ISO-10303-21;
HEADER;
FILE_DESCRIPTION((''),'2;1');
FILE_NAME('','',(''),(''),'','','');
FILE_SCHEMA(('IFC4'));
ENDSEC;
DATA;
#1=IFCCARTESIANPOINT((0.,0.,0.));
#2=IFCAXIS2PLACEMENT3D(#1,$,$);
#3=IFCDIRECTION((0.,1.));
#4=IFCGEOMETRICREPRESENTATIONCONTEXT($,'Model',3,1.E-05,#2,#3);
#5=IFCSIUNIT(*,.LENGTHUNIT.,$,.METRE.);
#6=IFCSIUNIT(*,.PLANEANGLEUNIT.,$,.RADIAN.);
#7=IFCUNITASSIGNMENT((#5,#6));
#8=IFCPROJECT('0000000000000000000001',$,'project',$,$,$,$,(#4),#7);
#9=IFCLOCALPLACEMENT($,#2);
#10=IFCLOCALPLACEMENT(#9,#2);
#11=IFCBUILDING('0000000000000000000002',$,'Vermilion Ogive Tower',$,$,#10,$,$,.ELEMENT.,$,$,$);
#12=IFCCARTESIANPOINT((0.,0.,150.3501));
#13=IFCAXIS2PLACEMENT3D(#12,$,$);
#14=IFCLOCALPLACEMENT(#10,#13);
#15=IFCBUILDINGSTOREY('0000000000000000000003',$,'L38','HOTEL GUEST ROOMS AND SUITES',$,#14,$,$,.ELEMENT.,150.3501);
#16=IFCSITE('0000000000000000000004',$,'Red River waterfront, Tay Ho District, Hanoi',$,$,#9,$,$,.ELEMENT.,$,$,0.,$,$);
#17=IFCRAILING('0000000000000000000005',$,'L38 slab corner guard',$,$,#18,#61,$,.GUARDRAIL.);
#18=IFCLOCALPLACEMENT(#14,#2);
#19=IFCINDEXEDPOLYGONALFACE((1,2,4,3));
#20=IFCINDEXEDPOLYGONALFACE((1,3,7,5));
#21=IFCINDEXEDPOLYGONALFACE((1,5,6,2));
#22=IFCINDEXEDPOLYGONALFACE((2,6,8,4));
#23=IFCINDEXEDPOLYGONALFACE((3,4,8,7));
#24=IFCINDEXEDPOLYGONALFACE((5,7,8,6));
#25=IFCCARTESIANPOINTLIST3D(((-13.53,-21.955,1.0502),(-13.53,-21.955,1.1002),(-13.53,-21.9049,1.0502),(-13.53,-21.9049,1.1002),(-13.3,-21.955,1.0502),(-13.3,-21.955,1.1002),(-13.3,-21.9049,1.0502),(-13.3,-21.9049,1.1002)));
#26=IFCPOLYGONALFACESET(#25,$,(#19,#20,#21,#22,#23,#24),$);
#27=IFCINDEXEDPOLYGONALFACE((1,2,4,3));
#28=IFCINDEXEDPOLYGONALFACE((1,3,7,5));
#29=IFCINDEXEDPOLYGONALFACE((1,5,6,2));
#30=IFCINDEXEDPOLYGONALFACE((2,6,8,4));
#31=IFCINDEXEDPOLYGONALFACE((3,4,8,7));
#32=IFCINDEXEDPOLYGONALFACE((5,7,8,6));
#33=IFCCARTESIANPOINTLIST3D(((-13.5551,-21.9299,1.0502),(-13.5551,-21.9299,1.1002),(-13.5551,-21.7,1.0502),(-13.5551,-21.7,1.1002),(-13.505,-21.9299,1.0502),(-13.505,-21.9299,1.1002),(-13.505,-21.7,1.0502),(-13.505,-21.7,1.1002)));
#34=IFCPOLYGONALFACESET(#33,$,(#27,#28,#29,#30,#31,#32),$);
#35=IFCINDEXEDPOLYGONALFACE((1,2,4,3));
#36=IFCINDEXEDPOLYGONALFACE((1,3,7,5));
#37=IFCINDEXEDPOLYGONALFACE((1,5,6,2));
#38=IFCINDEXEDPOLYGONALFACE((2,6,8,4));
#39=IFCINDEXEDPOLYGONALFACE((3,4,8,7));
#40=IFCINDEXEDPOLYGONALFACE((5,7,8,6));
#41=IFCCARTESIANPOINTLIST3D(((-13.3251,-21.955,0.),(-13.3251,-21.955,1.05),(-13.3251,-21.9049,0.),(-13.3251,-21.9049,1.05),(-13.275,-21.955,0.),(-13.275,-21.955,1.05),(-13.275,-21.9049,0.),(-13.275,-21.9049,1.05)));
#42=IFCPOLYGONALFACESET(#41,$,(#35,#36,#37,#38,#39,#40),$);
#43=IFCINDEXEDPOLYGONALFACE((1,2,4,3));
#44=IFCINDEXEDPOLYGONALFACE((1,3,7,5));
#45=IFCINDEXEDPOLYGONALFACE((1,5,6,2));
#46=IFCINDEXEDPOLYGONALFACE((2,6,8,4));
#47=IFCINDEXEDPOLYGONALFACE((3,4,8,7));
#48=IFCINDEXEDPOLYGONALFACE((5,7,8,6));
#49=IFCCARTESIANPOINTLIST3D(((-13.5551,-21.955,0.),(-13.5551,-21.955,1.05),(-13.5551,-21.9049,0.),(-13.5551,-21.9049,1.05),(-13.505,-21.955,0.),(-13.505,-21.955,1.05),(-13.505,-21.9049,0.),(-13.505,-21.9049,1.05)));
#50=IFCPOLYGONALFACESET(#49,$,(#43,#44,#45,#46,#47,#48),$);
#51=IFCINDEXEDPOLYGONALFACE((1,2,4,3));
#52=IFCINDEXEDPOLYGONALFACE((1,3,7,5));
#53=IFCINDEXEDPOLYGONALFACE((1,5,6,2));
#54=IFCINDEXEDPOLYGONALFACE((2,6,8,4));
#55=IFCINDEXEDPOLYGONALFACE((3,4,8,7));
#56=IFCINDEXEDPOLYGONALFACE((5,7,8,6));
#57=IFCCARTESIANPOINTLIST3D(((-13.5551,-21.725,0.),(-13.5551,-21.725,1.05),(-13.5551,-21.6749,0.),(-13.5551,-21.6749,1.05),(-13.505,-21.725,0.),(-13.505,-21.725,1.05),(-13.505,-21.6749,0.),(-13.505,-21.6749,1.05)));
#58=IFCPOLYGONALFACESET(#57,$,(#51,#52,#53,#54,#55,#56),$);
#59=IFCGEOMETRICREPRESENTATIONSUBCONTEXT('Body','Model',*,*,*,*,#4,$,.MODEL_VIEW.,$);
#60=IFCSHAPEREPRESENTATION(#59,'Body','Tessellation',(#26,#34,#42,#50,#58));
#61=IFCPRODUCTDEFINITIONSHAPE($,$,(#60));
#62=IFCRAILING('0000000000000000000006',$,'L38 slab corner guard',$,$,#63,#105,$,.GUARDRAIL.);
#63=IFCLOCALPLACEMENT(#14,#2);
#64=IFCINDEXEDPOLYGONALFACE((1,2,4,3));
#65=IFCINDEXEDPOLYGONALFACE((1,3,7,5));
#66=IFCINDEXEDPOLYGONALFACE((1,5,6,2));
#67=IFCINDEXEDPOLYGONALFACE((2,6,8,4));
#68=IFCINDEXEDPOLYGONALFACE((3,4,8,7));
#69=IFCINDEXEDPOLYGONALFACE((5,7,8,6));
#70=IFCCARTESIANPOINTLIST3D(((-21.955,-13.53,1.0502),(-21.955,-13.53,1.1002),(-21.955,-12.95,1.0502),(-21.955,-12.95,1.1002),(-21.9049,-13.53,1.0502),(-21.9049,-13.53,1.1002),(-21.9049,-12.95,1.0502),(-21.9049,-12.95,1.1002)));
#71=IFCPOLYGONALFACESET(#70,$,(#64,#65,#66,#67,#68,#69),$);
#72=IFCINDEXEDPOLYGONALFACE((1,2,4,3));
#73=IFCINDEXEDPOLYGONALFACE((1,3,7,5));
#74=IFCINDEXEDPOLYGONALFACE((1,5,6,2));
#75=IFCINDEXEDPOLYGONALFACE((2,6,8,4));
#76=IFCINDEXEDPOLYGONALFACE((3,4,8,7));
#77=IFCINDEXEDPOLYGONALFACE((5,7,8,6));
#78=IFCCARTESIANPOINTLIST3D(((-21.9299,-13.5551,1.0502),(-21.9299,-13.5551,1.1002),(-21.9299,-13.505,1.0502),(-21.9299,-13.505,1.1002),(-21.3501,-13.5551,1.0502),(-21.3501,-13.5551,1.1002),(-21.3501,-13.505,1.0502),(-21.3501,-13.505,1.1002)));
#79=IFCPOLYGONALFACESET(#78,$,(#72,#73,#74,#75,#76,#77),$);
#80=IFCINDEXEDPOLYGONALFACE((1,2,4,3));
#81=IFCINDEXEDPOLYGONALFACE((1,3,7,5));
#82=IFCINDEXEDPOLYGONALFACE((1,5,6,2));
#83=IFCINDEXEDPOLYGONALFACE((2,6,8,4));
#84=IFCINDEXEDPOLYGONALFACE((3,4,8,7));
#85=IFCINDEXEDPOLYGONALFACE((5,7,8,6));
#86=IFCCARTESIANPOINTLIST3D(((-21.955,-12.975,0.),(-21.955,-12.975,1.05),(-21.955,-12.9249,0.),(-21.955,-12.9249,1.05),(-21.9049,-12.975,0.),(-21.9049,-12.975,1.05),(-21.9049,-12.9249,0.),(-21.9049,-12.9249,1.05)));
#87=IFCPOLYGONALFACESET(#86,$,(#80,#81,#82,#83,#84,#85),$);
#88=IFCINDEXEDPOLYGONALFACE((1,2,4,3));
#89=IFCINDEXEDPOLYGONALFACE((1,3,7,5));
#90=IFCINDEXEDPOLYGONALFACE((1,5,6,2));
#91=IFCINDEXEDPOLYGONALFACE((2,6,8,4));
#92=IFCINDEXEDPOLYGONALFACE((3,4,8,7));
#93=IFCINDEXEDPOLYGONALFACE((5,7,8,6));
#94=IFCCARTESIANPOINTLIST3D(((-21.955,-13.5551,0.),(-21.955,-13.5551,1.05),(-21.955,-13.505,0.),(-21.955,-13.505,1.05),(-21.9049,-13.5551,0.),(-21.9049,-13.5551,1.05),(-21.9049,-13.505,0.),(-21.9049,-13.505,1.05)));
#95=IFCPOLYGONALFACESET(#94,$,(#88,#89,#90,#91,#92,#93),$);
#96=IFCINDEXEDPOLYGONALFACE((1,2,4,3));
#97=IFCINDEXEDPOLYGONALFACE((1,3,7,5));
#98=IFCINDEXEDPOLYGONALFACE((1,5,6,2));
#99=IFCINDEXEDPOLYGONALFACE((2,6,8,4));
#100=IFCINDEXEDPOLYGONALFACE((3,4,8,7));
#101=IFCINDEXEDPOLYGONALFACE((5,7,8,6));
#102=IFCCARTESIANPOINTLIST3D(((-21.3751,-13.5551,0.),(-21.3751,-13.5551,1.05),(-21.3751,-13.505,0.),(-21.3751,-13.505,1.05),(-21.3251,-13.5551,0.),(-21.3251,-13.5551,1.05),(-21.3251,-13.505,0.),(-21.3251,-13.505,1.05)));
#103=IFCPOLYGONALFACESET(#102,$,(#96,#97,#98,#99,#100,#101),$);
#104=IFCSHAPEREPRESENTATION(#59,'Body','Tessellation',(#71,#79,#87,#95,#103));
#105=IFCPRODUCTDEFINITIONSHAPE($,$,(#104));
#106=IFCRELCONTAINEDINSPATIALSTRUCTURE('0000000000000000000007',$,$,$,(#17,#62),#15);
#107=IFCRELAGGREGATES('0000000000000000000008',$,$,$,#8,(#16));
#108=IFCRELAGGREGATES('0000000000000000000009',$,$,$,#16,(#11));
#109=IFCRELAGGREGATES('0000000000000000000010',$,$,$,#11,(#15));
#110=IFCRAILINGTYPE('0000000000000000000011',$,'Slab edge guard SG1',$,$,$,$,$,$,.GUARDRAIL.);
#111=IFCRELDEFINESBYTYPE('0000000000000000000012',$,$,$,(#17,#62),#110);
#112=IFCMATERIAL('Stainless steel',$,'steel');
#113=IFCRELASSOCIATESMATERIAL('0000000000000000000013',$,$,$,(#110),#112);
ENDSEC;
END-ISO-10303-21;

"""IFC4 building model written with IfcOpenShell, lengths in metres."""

from ifc_helpers import new_model, si_unit, direction, frame, origin, origin_2d, place, context, subcontext, project, spatial, rectangle, extrude, material, type_object, element, save


model = new_model("IFC4")

# Units and contexts
model_context = context("Model", 3, precision=1e-05, world=origin(), true_north=direction((0.0, 1.0)))
body_context = subcontext(model_context, "Body", "Model", "MODEL_VIEW")
ifc_project = project(units=[si_unit("LENGTHUNIT", "METRE"), si_unit("PLANEANGLEUNIT", "RADIAN")], contexts=[model_context])

# Site, building, storey
site_placement = place(None, origin())
site = spatial("IfcSite", under=ifc_project, at=site_placement, Name="Red River waterfront, Tay Ho District, Hanoi", CompositionType="ELEMENT", RefElevation=0.0)
building_placement = place(site_placement, origin())
building = spatial("IfcBuilding", under=site, at=building_placement, Name="Vermilion Ogive Tower", CompositionType="ELEMENT")
storey_placement = place(building_placement, frame((0.0, 0.0, 150.3501)))
storey = spatial("IfcBuildingStorey", under=building, at=storey_placement, Name="L38", Description="HOTEL GUEST ROOMS AND SUITES", CompositionType="ELEMENT", Elevation=150.3501)

# Railings
ifc_material_1 = material(Name="Stainless steel", Category="steel")
railing_type_1 = type_object("IfcRailingType", Name="Slab edge guard SG1", PredefinedType="GUARDRAIL", material=ifc_material_1)
railing_1_placement = place(storey_placement, frame((-13.3, -21.9299, 0.0)))
element("IfcRailing", 1, at=railing_1_placement, inside=storey, type_object=railing_type_1, Name="L38 slab corner guard", PredefinedType="GUARDRAIL", context=body_context, shape_type="SweptSolid", body=[
    extrude(rectangle(XDim=0.05, YDim=0.05, at=origin_2d()), frame((0.0, 0.0, 1.0752), z_axis=(-1.0, 0.0, 0.0), x_axis=(0.0, -1.0, 0.0)), (0.0, 0.0, 1.0), 0.23),
    extrude(rectangle(XDim=0.05, YDim=0.05, at=origin_2d()), frame((-0.23, 0.0, 1.0752), z_axis=(0.0, 1.0, 0.0), x_axis=(-1.0, 0.0, 0.0)), (0.0, 0.0, 1.0), 0.23),
    extrude(rectangle(XDim=0.05, YDim=0.05, at=origin_2d()), origin(), (0.0, 0.0, 1.0), 1.05),
    extrude(rectangle(XDim=0.05, YDim=0.05, at=origin_2d()), frame((-0.23, 0.0, 0.0)), (0.0, 0.0, 1.0), 1.05),
    extrude(rectangle(XDim=0.05, YDim=0.05, at=origin_2d()), frame((-0.23, 0.23, 0.0)), (0.0, 0.0, 1.0), 1.05),
])
railing_2_placement = place(storey_placement, frame((-21.9299, -12.95, 0.0)))
element("IfcRailing", 2, at=railing_2_placement, inside=storey, type_object=railing_type_1, Name="L38 slab corner guard", PredefinedType="GUARDRAIL", context=body_context, shape_type="SweptSolid", body=[
    extrude(rectangle(XDim=0.05, YDim=0.05, at=origin_2d()), frame((0.0, 0.0, 1.0752), z_axis=(0.0, -1.0, 0.0), x_axis=(1.0, 0.0, 0.0)), (0.0, 0.0, 1.0), 0.5801),
    extrude(rectangle(XDim=0.05, YDim=0.05, at=origin_2d()), frame((0.0, -0.5801, 1.0752), z_axis=(1.0, 0.0, 0.0), x_axis=(0.0, 1.0, 0.0)), (0.0, 0.0, 1.0), 0.5798),
    extrude(rectangle(XDim=0.05, YDim=0.05, at=origin_2d()), origin(), (0.0, 0.0, 1.0), 1.05),
    extrude(rectangle(XDim=0.05, YDim=0.05, at=origin_2d()), frame((0.0, -0.5801, 0.0)), (0.0, 0.0, 1.0), 1.05),
    extrude(rectangle(XDim=0.05, YDim=0.05, at=origin_2d()), frame((0.5798, -0.5801, 0.0)), (0.0, 0.0, 1.0), 1.05),
])

save(model, "model.ifc")
